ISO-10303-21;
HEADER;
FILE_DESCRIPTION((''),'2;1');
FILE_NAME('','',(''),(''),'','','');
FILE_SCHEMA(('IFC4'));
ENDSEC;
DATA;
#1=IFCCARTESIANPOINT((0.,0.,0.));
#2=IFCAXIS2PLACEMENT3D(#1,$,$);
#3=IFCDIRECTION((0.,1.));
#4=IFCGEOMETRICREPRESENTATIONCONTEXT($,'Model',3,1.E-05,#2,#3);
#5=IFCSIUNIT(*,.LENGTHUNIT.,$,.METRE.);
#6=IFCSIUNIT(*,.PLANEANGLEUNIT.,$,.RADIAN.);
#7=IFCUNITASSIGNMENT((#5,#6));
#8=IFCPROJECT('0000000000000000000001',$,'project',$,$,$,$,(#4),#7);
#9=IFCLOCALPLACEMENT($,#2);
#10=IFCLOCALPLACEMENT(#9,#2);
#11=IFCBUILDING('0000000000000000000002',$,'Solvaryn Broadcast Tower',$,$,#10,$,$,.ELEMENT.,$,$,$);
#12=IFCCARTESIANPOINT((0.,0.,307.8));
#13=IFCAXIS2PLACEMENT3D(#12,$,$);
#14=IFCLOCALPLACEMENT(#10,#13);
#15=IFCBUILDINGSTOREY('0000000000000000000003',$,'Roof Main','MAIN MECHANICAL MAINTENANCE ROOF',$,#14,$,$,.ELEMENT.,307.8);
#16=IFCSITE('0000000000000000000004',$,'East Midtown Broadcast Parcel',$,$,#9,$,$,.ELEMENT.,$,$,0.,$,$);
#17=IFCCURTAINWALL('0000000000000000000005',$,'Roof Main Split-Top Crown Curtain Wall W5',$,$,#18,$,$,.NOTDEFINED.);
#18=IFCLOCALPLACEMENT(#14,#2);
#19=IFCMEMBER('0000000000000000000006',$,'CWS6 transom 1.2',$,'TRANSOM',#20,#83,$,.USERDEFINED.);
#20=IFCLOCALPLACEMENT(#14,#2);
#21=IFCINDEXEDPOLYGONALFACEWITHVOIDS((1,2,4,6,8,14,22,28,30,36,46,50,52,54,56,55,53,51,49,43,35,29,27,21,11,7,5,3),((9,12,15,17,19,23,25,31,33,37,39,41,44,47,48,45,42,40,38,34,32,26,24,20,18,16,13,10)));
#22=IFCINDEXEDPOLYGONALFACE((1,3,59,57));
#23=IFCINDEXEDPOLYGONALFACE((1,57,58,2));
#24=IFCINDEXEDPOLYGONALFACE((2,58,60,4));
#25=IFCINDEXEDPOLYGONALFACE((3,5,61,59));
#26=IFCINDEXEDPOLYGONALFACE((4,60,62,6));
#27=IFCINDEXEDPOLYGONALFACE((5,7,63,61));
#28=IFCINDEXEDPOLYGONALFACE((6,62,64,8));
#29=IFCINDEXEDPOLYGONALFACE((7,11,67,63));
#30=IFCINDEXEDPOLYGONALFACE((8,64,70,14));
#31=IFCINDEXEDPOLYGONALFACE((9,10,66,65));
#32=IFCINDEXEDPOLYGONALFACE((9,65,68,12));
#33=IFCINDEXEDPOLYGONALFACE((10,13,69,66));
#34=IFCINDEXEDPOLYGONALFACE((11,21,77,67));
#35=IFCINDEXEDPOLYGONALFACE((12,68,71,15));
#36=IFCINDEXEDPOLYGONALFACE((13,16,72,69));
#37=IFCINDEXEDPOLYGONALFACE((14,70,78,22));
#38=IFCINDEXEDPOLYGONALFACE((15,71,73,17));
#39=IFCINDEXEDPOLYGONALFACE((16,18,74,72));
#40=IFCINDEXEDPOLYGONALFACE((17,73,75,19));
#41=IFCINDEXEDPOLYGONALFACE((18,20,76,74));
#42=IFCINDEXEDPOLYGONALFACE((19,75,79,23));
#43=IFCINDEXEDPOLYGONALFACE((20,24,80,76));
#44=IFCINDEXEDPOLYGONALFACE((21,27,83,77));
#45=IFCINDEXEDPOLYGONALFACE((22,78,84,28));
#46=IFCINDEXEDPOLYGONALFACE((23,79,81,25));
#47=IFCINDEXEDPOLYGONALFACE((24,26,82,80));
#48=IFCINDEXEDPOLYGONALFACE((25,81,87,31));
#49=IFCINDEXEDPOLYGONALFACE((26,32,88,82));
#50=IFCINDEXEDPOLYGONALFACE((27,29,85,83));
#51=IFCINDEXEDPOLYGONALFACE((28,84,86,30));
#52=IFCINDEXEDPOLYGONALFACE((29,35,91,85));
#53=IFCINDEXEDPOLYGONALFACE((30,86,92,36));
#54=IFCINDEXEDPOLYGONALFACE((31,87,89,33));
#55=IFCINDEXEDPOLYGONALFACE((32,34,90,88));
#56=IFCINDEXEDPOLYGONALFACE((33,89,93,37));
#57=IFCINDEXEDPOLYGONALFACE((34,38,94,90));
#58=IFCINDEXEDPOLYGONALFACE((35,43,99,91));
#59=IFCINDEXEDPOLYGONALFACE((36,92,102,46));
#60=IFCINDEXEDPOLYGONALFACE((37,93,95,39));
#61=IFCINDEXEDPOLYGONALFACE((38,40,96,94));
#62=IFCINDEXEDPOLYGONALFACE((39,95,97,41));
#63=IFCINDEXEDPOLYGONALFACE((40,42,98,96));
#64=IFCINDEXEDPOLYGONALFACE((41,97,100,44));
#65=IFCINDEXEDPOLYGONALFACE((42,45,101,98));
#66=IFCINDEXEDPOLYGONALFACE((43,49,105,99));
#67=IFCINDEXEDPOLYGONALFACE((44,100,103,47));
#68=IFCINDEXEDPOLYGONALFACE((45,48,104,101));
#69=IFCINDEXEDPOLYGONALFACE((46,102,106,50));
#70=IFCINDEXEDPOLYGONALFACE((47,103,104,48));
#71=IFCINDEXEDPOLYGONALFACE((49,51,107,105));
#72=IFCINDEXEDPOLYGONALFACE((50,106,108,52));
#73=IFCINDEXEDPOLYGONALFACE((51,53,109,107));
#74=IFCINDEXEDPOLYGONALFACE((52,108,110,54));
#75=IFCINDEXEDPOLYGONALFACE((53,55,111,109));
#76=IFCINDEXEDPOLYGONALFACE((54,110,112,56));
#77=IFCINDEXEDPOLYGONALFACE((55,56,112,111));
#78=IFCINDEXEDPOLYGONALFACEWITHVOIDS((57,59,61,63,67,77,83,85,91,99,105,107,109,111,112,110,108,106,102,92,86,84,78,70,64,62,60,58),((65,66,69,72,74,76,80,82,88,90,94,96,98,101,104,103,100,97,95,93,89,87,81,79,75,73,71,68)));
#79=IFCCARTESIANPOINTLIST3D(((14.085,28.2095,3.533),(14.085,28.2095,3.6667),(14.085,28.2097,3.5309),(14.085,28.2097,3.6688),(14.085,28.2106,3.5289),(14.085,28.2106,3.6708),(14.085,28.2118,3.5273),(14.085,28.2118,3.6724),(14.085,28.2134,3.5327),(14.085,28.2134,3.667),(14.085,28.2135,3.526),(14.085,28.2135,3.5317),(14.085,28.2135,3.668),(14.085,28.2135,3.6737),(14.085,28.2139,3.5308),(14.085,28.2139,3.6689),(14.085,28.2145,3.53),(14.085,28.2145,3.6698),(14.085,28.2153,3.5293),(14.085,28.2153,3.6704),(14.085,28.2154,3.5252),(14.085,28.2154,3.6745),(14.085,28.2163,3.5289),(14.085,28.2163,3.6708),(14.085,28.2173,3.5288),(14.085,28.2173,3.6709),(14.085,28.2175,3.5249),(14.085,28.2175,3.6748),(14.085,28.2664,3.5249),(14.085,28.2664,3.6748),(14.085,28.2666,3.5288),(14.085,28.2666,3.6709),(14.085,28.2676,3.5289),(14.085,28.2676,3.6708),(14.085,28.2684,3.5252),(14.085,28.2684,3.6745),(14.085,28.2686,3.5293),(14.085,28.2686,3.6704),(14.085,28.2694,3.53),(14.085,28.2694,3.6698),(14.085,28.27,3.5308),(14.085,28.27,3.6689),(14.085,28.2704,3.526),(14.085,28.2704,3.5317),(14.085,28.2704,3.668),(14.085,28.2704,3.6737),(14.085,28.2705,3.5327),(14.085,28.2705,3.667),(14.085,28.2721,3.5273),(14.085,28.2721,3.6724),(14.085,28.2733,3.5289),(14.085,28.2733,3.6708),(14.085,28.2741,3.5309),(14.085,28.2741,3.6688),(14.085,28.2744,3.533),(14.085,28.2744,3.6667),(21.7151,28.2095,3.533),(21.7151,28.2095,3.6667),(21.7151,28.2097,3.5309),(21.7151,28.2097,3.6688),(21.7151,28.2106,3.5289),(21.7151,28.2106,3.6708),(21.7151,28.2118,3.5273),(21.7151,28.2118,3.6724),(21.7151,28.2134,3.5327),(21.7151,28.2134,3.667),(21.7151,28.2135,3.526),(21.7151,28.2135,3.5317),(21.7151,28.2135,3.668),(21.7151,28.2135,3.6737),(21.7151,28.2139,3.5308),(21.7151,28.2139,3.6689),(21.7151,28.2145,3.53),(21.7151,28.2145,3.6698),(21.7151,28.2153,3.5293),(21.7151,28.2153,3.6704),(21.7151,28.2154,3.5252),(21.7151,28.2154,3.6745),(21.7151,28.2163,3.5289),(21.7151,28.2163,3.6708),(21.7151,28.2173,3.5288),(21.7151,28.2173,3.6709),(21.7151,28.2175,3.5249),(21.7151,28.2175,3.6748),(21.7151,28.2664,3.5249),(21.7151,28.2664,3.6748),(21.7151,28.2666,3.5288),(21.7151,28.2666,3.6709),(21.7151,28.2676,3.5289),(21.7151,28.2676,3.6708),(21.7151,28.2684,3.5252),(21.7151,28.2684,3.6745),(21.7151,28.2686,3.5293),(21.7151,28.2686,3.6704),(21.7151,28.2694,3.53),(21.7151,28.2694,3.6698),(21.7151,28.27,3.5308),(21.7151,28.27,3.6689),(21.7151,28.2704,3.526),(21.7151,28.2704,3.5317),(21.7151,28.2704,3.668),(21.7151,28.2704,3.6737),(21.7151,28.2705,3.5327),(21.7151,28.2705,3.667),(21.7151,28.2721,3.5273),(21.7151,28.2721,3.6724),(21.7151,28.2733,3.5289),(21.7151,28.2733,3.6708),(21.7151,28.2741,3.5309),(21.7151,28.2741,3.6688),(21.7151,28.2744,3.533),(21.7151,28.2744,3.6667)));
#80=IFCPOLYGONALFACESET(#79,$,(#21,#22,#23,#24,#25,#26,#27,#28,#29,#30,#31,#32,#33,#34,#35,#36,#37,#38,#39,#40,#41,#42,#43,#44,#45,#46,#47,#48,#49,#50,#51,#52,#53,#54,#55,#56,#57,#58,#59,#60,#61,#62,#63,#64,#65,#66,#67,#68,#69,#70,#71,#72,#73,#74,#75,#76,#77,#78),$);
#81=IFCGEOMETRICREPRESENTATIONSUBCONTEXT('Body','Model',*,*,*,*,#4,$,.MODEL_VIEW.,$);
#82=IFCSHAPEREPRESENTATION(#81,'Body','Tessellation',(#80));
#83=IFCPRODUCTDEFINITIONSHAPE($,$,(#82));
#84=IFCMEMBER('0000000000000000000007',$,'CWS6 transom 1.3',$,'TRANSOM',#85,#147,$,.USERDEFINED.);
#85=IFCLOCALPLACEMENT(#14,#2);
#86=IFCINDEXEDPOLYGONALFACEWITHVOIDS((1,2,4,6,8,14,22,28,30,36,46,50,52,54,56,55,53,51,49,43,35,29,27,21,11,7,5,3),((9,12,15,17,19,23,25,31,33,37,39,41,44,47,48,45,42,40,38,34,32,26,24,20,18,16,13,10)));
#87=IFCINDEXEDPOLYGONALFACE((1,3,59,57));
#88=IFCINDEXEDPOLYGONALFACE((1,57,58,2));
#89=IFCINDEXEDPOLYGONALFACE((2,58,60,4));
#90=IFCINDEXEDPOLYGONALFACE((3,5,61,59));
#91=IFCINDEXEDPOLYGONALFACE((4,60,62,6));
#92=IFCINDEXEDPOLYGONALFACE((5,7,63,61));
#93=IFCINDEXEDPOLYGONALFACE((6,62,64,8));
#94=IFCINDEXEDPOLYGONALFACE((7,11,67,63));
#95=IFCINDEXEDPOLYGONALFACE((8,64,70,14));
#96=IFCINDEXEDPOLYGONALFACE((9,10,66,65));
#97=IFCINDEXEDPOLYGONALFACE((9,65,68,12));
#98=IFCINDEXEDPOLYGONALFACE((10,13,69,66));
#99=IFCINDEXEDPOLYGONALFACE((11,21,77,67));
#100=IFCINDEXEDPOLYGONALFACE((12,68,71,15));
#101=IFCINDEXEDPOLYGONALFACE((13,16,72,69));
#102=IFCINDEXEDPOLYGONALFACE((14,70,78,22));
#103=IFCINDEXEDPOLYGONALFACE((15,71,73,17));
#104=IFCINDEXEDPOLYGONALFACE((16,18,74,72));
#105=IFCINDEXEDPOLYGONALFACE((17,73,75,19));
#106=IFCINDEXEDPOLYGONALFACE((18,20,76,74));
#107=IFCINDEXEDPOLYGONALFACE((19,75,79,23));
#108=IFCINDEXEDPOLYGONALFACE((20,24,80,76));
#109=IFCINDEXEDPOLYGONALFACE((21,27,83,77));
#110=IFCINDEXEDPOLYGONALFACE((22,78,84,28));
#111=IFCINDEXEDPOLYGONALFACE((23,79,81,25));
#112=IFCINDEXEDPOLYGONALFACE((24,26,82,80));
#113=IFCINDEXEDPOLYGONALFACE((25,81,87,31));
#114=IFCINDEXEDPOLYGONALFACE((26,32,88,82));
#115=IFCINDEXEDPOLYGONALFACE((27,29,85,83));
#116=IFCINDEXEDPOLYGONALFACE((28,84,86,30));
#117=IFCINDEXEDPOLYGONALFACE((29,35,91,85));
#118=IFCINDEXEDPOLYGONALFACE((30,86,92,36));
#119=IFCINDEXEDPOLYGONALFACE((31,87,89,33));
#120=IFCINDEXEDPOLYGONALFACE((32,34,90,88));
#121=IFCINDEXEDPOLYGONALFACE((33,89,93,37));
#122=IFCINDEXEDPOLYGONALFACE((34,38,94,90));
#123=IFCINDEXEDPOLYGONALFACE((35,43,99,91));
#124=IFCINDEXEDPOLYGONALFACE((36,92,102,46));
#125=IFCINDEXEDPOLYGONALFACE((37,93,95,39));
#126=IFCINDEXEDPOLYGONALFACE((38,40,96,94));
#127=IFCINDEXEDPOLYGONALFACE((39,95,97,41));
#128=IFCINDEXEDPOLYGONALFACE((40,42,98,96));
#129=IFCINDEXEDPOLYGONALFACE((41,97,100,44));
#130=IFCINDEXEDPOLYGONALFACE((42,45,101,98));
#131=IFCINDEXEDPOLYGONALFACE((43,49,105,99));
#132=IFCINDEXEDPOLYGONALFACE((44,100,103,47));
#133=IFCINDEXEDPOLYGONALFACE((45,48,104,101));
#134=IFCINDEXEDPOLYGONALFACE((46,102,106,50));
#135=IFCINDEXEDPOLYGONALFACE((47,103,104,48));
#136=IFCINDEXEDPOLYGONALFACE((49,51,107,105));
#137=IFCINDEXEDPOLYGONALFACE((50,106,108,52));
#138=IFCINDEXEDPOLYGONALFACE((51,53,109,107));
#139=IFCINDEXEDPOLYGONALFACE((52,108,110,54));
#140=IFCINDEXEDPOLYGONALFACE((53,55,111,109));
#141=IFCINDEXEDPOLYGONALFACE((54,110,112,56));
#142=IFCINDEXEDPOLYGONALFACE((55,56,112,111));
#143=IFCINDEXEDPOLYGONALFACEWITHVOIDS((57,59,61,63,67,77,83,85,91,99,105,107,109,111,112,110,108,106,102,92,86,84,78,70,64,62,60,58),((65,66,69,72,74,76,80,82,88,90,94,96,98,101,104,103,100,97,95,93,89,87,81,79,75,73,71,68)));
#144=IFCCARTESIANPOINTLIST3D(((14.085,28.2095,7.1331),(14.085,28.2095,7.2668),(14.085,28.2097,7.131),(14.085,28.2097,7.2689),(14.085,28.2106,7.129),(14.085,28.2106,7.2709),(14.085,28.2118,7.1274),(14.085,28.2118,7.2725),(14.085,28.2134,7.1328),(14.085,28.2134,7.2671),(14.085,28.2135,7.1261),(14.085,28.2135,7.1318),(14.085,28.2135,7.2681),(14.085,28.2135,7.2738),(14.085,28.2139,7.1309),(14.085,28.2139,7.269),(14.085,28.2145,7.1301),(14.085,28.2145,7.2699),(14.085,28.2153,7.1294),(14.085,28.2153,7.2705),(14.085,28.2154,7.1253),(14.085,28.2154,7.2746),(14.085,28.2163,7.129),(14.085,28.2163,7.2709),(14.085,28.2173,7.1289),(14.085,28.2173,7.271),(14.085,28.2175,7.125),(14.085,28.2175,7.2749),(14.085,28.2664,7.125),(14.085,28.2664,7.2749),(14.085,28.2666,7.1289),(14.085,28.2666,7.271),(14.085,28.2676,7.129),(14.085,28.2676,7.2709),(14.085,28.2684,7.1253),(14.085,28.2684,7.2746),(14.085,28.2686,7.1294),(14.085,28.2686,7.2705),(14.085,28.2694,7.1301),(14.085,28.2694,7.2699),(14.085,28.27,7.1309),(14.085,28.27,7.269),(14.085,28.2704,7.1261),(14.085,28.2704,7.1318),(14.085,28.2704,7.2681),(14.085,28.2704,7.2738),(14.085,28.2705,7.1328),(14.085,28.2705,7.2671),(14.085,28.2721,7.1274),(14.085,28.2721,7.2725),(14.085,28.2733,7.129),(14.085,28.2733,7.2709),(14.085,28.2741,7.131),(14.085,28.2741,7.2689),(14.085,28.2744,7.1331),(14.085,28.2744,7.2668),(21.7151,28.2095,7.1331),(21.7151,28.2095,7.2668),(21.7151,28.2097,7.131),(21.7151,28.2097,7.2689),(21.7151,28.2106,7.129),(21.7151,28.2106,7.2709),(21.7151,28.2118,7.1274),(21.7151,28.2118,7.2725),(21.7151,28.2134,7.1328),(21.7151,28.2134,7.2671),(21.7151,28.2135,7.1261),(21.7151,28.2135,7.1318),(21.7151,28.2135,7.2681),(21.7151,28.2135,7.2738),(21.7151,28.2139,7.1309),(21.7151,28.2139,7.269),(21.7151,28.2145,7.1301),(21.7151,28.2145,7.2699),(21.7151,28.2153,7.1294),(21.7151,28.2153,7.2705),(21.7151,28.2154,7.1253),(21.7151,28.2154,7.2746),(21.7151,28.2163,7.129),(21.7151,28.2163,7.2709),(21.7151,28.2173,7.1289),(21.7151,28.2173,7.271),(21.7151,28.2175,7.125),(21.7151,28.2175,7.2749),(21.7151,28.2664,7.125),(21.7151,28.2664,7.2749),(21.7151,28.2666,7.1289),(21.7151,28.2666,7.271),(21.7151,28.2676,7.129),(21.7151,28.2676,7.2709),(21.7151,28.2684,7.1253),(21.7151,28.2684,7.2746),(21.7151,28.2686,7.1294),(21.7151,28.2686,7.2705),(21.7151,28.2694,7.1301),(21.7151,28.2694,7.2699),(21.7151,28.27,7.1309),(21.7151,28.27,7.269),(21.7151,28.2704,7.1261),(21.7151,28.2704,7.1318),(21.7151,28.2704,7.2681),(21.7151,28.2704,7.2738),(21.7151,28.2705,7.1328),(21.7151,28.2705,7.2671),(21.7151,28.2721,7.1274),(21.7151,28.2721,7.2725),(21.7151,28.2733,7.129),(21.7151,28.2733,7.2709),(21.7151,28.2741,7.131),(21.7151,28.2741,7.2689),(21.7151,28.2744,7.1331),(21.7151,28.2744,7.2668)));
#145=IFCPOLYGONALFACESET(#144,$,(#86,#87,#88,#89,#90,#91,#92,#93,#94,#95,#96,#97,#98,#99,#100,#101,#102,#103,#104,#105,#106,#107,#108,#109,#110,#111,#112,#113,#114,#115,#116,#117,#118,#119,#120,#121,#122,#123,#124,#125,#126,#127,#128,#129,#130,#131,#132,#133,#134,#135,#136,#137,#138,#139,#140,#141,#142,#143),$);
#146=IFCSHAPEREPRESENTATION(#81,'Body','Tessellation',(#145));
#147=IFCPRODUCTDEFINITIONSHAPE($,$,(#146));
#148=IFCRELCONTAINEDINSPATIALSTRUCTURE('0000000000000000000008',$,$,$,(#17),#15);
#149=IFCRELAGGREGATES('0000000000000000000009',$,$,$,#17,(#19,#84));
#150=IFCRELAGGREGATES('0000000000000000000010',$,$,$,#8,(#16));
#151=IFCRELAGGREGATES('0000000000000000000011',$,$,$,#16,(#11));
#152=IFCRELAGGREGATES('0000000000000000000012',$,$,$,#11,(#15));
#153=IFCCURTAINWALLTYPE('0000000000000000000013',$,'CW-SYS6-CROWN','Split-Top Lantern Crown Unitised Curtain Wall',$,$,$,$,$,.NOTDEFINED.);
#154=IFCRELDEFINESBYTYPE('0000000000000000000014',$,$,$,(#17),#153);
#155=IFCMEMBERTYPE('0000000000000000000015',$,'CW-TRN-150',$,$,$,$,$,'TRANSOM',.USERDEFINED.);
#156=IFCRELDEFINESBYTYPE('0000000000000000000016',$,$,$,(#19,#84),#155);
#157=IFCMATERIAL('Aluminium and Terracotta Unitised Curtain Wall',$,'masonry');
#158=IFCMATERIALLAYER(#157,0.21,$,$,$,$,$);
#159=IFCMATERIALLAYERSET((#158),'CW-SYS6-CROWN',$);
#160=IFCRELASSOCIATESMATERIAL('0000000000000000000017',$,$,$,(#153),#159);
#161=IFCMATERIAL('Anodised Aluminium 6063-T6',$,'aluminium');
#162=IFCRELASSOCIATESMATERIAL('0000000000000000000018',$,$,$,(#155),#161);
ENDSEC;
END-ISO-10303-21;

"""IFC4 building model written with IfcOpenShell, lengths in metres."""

from ifc_helpers import new_model, si_unit, direction, frame, origin, origin_2d, place, context, subcontext, project, spatial, hollow_rectangle, extrude, material, layer, layer_set, material_profile, profile_set, type_object, element, aggregate, save


model = new_model("IFC4")

# Units and contexts
model_context = context("Model", 3, precision=1e-05, world=origin(), true_north=direction((0.0, 1.0)))
body_context = subcontext(model_context, "Body", "Model", "MODEL_VIEW")
ifc_project = project(units=[si_unit("LENGTHUNIT", "METRE"), si_unit("PLANEANGLEUNIT", "RADIAN")], contexts=[model_context])

# Site, building, storey
site_placement = place(None, origin())
site = spatial("IfcSite", under=ifc_project, at=site_placement, Name="East Midtown Broadcast Parcel", CompositionType="ELEMENT", RefElevation=0.0)
building_placement = place(site_placement, origin())
building = spatial("IfcBuilding", under=site, at=building_placement, Name="Solvaryn Broadcast Tower", CompositionType="ELEMENT")
storey_placement = place(building_placement, frame((0.0, 0.0, 307.8)))
storey = spatial("IfcBuildingStorey", under=building, at=storey_placement, Name="Roof Main", Description="MAIN MECHANICAL MAINTENANCE ROOF", CompositionType="ELEMENT", Elevation=307.8)

# Curtain wall, members
ifc_material_1 = material(Name="Aluminium and Terracotta Unitised Curtain Wall", Category="masonry")
ifc_layer_1 = layer(ifc_material_1, 0.21)
ifc_layer_set_1 = layer_set([ifc_layer_1], Name="CW-SYS6-CROWN")
curtain_wall_type = type_object("IfcCurtainWallType", Name="CW-SYS6-CROWN", Description="Split-Top Lantern Crown Unitised Curtain Wall", PredefinedType="NOTDEFINED", material=ifc_layer_set_1)
curtain_wall_placement = place(storey_placement, origin())
curtain_wall = element("IfcCurtainWall", 1, at=curtain_wall_placement, inside=storey, type_object=curtain_wall_type, Name="Roof Main Split-Top Crown Curtain Wall W5", PredefinedType="NOTDEFINED")
ifc_material_2 = material(Name="Anodised Aluminium 6063-T6", Category="aluminium")
ifc_material_profile_1 = material_profile(ifc_material_2, hollow_rectangle(XDim=0.0649, YDim=0.1499, WallThickness=0.0039, InnerFilletRadius=0.0039, OuterFilletRadius=0.0081, at=origin_2d()))
ifc_profile_set_1 = profile_set([ifc_material_profile_1], Name="Anodised Aluminium 6063-T6")
member_type_1 = type_object("IfcMemberType", Name="CW-TRN-150", ElementType="TRANSOM", PredefinedType="USERDEFINED", material=ifc_profile_set_1)
member_1_placement = place(storey_placement, frame((14.085, 28.2419, 3.5999), z_axis=(1.0, 0.0, 0.0), x_axis=(0.0, 1.0, 0.0)))
member_1 = element("IfcMember", 2, at=member_1_placement, type_object=member_type_1, Name="CWS6 transom 1.2", ObjectType="TRANSOM", PredefinedType="USERDEFINED", context=body_context, shape_type="SweptSolid", body=[
    extrude(hollow_rectangle(XDim=0.0649, YDim=0.1499, WallThickness=0.0039, InnerFilletRadius=0.0039, OuterFilletRadius=0.0081, at=origin_2d()), origin(), (0.0, 0.0, 1.0), 7.6301),
])
member_2_placement = place(storey_placement, frame((14.085, 28.2419, 7.2), z_axis=(1.0, 0.0, 0.0), x_axis=(0.0, 1.0, 0.0)))
member_2 = element("IfcMember", 3, at=member_2_placement, type_object=member_type_1, Name="CWS6 transom 1.3", ObjectType="TRANSOM", PredefinedType="USERDEFINED", context=body_context, shape_type="SweptSolid", body=[
    extrude(hollow_rectangle(XDim=0.0649, YDim=0.1499, WallThickness=0.0039, InnerFilletRadius=0.0039, OuterFilletRadius=0.0081, at=origin_2d()), origin(), (0.0, 0.0, 1.0), 7.6301),
])
aggregate(curtain_wall, [member_1, member_2])

save(model, "model.ifc")
